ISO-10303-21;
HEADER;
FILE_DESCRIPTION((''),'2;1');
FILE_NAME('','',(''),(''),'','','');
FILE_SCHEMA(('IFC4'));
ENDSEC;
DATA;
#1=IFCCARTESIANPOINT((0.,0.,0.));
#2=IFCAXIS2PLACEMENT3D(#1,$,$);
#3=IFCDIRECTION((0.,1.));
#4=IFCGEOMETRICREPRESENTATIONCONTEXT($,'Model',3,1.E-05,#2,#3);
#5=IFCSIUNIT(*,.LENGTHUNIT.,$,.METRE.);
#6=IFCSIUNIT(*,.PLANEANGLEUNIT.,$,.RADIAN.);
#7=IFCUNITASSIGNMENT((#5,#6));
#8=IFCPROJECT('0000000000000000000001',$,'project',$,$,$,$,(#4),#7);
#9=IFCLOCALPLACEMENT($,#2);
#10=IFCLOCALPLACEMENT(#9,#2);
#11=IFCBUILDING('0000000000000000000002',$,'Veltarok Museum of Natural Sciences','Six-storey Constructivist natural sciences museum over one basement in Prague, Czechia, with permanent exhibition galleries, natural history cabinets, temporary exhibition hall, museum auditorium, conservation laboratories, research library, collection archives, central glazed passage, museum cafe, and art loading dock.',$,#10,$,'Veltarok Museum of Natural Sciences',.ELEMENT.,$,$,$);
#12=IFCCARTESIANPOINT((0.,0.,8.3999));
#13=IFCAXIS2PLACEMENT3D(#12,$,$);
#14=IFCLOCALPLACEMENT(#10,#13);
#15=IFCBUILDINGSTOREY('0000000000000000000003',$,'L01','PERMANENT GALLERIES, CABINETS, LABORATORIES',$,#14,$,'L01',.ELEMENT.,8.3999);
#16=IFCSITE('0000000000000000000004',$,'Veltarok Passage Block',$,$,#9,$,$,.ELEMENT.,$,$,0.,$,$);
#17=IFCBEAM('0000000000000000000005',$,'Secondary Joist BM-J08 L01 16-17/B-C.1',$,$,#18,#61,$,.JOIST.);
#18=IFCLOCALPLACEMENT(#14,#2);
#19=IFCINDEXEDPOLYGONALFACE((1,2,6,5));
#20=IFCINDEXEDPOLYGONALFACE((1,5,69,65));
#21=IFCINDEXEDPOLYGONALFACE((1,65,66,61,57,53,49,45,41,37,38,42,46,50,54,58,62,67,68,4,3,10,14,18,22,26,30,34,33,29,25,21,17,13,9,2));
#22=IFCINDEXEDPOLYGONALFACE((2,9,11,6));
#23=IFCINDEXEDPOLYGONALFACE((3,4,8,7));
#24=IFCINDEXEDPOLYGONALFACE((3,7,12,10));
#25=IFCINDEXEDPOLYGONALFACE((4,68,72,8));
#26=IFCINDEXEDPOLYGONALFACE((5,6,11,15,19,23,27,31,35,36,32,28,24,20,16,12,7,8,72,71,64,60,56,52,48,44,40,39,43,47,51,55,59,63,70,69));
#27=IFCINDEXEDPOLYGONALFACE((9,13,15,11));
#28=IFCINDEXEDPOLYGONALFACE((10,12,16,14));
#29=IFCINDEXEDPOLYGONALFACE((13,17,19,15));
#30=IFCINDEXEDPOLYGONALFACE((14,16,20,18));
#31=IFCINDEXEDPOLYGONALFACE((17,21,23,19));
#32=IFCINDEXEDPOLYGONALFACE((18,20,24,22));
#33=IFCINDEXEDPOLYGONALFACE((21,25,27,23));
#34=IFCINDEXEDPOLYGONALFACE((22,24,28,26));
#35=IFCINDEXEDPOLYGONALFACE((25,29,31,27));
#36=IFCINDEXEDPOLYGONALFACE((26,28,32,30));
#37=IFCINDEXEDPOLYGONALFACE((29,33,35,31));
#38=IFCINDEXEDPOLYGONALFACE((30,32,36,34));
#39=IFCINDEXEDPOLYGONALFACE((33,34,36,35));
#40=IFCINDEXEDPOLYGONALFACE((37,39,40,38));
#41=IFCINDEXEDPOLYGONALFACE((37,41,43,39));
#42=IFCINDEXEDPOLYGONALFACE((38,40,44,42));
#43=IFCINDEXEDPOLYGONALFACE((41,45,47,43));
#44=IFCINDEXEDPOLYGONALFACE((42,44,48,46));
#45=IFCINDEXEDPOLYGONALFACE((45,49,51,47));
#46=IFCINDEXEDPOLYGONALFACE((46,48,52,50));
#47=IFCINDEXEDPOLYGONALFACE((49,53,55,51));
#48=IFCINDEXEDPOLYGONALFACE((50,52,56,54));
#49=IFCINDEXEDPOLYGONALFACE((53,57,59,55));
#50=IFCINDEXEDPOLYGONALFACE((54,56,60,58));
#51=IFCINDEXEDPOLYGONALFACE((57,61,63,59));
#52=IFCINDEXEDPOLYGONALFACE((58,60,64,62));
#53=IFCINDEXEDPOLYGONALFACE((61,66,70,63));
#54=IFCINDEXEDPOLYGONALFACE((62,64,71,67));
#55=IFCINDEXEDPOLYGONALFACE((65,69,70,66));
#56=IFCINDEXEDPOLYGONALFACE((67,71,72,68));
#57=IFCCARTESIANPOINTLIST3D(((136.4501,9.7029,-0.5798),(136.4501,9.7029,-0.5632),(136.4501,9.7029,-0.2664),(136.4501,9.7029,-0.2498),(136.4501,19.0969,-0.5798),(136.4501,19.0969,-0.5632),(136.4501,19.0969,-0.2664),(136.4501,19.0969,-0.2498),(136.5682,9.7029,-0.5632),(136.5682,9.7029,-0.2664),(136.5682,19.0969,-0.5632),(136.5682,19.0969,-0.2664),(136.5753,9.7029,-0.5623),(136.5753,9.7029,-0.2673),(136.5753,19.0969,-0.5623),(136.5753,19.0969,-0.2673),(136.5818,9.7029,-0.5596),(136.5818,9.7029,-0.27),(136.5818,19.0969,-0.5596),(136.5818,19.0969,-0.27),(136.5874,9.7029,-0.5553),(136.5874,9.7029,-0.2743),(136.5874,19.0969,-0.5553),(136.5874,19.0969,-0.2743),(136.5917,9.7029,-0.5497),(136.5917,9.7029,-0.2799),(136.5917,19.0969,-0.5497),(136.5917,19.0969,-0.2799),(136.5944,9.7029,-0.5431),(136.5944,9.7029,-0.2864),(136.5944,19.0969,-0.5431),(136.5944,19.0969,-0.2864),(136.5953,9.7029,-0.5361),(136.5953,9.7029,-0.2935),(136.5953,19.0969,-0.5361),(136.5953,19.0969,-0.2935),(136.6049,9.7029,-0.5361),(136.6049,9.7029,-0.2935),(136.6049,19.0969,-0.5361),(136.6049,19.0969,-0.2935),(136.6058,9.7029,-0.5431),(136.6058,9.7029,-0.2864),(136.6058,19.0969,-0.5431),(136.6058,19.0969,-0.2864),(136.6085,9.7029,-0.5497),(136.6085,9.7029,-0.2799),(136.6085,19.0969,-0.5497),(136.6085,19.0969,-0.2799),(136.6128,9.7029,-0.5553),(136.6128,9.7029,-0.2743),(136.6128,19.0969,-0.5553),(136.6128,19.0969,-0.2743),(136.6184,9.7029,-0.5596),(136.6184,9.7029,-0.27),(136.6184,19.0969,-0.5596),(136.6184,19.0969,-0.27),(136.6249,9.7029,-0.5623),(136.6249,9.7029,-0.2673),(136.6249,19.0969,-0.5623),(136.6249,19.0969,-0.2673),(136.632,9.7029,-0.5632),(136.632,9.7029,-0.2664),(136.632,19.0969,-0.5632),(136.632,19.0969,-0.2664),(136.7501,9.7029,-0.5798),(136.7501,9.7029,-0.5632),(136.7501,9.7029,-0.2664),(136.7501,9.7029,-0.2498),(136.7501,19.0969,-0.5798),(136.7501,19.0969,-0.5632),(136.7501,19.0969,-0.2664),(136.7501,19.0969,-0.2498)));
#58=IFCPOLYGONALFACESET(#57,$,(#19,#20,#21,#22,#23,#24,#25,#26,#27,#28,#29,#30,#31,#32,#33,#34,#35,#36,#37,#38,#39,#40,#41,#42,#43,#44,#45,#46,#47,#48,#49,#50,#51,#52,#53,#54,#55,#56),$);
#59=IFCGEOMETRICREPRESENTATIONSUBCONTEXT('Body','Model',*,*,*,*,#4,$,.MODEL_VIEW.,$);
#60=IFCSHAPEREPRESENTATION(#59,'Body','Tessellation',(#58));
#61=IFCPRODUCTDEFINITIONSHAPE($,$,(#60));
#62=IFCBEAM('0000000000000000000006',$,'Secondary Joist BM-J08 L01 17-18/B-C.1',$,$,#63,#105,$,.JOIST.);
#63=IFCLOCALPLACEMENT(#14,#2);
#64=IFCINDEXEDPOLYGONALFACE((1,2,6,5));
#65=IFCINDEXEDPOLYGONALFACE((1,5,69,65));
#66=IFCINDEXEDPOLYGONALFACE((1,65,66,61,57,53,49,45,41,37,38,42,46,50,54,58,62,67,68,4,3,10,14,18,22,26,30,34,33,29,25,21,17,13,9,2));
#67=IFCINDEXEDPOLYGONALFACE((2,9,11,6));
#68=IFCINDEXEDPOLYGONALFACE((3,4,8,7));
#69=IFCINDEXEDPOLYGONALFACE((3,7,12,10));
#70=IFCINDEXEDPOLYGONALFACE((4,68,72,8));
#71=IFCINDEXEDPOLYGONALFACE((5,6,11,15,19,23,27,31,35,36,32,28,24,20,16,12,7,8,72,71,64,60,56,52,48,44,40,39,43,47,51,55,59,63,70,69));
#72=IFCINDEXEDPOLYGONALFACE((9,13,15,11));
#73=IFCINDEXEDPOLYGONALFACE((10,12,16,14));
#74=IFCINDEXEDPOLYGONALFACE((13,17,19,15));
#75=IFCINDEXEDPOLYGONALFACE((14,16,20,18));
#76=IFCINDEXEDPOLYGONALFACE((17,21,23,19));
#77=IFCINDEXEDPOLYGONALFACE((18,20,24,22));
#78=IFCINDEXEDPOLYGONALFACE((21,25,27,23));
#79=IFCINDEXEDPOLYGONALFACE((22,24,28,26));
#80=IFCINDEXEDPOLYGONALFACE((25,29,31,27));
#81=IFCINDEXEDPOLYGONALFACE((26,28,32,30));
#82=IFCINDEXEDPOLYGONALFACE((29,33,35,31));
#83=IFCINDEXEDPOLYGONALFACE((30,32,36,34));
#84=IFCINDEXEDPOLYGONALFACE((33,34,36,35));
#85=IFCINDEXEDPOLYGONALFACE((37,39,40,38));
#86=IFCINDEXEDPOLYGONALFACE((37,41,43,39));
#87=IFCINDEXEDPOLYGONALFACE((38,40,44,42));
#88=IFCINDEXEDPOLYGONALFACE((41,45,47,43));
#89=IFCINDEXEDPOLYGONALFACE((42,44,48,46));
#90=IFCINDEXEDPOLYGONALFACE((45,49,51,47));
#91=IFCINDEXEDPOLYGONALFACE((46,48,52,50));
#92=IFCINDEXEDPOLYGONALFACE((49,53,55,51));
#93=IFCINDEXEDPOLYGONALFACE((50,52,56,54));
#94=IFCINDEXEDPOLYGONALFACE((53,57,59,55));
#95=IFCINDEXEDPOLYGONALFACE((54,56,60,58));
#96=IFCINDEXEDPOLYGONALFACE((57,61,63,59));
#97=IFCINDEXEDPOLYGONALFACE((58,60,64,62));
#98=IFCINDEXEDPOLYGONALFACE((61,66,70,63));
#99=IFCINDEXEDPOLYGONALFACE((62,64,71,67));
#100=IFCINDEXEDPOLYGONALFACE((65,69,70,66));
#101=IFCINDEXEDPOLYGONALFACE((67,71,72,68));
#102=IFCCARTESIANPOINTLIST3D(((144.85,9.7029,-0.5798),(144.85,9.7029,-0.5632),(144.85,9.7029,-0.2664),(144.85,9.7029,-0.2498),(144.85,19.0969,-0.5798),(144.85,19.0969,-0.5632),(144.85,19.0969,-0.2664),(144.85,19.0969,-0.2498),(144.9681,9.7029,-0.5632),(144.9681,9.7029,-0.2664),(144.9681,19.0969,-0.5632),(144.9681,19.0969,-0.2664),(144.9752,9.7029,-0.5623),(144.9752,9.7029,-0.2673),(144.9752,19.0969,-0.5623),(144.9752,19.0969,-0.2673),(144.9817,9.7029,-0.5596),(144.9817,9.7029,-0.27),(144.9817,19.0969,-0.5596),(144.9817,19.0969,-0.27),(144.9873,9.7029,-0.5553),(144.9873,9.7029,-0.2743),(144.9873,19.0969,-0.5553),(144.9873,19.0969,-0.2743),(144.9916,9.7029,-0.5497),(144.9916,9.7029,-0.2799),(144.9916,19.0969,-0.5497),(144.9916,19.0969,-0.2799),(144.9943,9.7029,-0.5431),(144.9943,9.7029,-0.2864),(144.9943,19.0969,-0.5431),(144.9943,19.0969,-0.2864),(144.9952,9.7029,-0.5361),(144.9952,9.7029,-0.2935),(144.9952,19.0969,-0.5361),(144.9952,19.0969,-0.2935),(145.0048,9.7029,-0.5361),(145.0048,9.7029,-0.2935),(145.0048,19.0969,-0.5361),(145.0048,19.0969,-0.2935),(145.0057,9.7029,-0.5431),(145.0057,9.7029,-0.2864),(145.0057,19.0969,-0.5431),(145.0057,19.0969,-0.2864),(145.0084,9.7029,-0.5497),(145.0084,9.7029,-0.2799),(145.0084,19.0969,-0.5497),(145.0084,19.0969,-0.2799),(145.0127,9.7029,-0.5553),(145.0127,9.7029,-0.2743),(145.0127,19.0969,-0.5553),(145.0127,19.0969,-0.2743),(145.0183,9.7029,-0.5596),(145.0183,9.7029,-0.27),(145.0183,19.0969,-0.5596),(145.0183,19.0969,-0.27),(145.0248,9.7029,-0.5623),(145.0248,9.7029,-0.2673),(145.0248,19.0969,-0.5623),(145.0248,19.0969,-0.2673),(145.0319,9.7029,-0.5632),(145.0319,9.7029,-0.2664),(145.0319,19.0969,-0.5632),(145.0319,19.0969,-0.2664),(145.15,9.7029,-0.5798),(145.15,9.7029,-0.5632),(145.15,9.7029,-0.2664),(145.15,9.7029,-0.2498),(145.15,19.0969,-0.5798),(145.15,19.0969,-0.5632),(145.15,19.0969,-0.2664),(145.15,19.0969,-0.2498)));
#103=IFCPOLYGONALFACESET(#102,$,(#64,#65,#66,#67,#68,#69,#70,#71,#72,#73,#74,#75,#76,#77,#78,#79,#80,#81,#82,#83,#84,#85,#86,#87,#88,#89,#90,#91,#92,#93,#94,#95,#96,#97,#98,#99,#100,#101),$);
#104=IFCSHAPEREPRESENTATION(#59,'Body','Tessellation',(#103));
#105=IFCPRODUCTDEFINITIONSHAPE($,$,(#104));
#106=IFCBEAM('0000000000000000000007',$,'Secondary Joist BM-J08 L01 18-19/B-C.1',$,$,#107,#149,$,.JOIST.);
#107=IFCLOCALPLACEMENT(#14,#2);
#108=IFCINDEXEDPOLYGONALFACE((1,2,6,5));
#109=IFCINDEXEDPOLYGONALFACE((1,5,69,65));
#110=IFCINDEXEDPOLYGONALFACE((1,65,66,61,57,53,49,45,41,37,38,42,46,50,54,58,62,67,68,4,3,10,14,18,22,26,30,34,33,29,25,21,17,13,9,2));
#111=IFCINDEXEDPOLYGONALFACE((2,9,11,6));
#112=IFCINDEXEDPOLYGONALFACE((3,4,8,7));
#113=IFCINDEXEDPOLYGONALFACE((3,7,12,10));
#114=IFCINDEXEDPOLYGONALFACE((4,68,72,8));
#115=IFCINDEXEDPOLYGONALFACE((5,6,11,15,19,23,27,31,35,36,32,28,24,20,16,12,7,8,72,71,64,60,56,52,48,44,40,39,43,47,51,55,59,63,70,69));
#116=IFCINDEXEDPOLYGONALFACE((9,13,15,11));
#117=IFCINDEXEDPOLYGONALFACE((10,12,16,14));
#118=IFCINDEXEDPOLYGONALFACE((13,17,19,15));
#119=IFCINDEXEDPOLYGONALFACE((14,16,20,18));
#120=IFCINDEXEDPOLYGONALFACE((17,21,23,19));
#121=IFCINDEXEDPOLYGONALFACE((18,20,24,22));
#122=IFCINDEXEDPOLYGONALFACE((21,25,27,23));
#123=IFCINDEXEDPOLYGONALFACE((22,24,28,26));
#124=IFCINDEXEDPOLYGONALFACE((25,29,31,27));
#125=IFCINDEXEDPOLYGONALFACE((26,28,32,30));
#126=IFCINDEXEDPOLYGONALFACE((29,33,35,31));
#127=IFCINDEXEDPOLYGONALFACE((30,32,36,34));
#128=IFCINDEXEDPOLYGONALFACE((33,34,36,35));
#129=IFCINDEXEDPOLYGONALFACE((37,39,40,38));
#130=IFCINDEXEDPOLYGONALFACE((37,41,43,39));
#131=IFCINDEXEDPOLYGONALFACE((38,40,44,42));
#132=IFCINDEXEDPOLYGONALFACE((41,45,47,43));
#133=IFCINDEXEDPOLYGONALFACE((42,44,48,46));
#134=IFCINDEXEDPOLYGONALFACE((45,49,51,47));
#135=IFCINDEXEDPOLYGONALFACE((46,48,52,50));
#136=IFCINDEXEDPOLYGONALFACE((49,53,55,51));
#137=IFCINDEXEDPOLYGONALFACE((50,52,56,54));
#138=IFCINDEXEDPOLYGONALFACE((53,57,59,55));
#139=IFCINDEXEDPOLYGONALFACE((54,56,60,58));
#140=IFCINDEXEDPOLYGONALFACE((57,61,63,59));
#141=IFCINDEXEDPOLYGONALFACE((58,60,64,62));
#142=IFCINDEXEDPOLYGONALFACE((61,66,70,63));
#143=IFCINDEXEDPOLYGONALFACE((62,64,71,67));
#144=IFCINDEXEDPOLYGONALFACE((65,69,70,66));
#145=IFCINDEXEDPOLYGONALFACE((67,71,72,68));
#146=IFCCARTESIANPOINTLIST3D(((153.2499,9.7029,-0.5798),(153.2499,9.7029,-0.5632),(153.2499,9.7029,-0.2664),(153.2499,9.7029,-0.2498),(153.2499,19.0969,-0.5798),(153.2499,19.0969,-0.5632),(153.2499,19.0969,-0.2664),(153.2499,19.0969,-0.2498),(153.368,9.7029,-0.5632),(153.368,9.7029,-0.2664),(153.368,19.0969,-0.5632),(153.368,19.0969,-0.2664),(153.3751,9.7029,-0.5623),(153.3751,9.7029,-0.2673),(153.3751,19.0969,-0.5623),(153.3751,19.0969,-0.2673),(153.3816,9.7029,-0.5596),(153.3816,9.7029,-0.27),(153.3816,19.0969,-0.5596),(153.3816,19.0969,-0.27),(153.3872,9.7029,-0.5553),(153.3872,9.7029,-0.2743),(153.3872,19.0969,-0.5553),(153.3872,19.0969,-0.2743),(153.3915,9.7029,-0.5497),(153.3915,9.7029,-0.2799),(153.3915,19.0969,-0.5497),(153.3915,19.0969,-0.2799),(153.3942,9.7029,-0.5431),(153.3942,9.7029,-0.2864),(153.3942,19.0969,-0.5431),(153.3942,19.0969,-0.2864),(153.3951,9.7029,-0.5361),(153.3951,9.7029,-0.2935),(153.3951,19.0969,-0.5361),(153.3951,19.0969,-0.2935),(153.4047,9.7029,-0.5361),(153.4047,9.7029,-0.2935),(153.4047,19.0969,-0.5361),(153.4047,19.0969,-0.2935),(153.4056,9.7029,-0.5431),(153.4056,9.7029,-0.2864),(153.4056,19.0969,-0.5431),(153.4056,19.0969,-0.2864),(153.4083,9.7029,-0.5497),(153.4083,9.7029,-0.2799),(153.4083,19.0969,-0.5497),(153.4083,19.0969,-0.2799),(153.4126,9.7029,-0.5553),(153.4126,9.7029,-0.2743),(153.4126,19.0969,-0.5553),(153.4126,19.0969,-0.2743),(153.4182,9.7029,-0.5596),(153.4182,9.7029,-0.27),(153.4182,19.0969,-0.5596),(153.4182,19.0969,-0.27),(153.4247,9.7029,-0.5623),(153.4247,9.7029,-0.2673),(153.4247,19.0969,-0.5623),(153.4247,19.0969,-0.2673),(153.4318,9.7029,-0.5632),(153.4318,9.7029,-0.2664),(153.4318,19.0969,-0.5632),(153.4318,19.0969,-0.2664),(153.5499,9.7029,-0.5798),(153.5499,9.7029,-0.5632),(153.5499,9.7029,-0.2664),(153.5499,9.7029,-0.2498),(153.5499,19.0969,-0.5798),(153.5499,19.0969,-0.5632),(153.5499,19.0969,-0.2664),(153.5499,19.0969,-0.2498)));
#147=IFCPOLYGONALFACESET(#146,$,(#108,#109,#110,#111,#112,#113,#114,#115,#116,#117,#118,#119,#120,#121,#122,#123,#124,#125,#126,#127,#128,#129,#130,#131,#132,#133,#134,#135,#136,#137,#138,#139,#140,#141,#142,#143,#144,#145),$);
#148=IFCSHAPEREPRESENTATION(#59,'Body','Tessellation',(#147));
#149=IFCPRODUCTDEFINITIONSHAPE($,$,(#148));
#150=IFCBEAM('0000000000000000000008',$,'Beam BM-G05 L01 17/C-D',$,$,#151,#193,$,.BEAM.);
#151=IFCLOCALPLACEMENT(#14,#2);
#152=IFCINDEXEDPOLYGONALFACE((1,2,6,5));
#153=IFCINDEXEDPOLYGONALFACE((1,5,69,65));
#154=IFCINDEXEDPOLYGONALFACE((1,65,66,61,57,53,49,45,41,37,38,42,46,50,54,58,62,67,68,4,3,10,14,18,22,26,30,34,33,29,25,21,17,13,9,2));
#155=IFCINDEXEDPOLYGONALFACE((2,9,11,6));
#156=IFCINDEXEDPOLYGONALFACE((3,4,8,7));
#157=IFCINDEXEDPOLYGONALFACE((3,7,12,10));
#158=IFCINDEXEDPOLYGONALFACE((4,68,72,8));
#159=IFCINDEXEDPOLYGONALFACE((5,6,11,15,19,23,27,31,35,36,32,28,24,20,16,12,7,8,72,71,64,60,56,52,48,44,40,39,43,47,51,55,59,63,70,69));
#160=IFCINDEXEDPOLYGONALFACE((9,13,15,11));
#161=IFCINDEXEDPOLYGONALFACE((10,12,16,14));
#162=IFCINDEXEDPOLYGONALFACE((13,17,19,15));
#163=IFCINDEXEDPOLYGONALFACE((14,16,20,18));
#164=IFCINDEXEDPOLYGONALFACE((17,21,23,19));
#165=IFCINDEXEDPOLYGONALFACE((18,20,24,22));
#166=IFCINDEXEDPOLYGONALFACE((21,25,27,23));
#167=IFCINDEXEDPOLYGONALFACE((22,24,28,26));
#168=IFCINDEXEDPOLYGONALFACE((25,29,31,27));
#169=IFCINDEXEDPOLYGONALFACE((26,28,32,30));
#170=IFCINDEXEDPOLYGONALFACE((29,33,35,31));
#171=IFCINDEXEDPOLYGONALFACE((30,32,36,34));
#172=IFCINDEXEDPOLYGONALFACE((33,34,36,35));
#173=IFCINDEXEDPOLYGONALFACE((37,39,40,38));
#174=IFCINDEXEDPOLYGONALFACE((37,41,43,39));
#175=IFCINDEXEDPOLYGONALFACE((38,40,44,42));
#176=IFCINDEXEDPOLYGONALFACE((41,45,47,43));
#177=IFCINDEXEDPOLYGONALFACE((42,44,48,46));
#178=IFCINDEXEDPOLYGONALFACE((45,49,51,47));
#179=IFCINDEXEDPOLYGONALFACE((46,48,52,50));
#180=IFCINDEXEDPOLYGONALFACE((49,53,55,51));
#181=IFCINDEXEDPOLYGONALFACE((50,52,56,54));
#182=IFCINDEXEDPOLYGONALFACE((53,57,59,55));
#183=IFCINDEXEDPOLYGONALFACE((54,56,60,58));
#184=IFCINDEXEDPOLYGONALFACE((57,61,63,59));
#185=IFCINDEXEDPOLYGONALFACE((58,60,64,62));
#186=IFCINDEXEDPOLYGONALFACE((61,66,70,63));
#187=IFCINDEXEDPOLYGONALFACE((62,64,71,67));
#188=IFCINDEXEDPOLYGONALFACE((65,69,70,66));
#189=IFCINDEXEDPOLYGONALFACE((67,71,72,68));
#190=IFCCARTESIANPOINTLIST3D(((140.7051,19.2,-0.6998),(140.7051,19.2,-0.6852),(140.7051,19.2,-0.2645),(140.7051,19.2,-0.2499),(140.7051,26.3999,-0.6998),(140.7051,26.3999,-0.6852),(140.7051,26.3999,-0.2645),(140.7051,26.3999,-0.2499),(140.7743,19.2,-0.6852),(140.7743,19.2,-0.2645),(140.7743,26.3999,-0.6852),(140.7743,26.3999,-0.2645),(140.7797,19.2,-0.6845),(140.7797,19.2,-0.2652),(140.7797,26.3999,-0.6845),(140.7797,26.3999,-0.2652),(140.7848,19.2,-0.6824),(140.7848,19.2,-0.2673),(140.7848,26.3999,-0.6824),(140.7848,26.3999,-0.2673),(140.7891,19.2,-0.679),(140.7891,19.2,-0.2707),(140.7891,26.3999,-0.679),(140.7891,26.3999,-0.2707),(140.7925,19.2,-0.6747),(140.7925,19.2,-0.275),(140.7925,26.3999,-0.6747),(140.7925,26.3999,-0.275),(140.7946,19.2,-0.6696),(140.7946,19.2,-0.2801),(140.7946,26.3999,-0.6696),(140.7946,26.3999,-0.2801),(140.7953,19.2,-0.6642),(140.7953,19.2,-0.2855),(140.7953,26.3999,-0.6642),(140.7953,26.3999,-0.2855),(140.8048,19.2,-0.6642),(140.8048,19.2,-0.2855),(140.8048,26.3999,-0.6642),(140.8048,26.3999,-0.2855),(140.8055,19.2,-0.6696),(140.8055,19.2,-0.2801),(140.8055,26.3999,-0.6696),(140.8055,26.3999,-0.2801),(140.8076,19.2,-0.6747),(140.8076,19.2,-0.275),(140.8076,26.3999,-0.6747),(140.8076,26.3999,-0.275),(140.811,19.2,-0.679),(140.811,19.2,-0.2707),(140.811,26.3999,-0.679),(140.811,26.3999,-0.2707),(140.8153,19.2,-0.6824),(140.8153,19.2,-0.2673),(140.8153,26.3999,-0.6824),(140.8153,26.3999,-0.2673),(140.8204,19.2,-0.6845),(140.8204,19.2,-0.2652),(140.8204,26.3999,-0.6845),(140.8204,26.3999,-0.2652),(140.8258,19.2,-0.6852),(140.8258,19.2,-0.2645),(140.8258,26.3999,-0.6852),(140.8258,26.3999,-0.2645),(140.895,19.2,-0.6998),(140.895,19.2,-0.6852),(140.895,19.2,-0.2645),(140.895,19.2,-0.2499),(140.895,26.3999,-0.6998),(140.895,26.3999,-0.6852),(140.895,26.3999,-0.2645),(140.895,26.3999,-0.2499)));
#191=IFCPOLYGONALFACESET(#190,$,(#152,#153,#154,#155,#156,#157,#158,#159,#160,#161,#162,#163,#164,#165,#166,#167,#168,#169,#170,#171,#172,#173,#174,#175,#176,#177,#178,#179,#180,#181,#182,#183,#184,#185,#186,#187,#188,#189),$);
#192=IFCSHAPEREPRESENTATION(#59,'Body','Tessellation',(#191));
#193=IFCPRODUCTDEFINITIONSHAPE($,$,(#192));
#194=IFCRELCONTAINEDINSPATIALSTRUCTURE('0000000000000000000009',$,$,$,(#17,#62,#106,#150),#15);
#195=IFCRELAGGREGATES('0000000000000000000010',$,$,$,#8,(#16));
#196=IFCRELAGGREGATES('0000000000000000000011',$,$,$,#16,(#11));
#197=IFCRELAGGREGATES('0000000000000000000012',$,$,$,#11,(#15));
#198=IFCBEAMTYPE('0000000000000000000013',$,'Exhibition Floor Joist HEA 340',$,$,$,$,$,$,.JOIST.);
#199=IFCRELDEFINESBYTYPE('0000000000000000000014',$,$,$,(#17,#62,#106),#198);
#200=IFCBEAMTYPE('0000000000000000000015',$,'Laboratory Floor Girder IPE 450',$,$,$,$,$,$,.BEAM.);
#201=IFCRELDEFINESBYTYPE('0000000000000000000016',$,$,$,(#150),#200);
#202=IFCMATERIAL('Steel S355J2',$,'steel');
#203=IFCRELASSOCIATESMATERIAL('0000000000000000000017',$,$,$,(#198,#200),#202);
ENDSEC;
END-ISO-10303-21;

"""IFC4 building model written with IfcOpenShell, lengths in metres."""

from ifc_helpers import new_model, si_unit, direction, frame, origin, origin_2d, place, context, subcontext, project, spatial, i_section, extrude, material, material_profile, profile_set, type_object, element, save


model = new_model("IFC4")

# Units and contexts
model_context = context("Model", 3, precision=1e-05, world=origin(), true_north=direction((0.0, 1.0)))
body_context = subcontext(model_context, "Body", "Model", "MODEL_VIEW")
ifc_project = project(units=[si_unit("LENGTHUNIT", "METRE"), si_unit("PLANEANGLEUNIT", "RADIAN")], contexts=[model_context])

# Site, building, storey
site_placement = place(None, origin())
site = spatial("IfcSite", under=ifc_project, at=site_placement, Name="Veltarok Passage Block", CompositionType="ELEMENT", RefElevation=0.0)
building_placement = place(site_placement, origin())
building = spatial("IfcBuilding", under=site, at=building_placement, Name="Veltarok Museum of Natural Sciences", Description="Six-storey Constructivist natural sciences museum over one basement in Prague, Czechia, with permanent exhibition galleries, natural history cabinets, temporary exhibition hall, museum auditorium, conservation laboratories, research library, collection archives, central glazed passage, museum cafe, and art loading dock.", LongName="Veltarok Museum of Natural Sciences", CompositionType="ELEMENT")
storey_placement = place(building_placement, frame((0.0, 0.0, 8.3999)))
storey = spatial("IfcBuildingStorey", under=building, at=storey_placement, Name="L01", Description="PERMANENT GALLERIES, CABINETS, LABORATORIES", LongName="L01", CompositionType="ELEMENT", Elevation=8.3999)

# Shared definitions
ifc_material_1 = material(Name="Steel S355J2", Category="steel")

# Beams
ifc_material_profile_1 = material_profile(ifc_material_1, i_section(OverallWidth=0.3, OverallDepth=0.3301, WebThickness=0.0095, FlangeThickness=0.0166, FilletRadius=0.0271, at=origin_2d()), Name="HEA 340")
ifc_profile_set_1 = profile_set([ifc_material_profile_1], Name="Steel S355J2")
beam_type_1 = type_object("IfcBeamType", Name="Exhibition Floor Joist HEA 340", PredefinedType="JOIST", material=ifc_profile_set_1)
for number, where, z_axis, x_axis, name in (
    (1, (136.6001, 9.7029, -0.4148), (0.0, 1.0, 0.0), (-1.0, 0.0, 0.0), "Secondary Joist BM-J08 L01 16-17/B-C.1"),
    (2, (145.0, 9.7029, -0.4148), (0.0, 1.0, 0.0), (-1.0, 0.0, 0.0), "Secondary Joist BM-J08 L01 17-18/B-C.1"),
    (3, (153.3999, 9.7029, -0.4148), (0.0, 1.0, 0.0), (-1.0, 0.0, 0.0), "Secondary Joist BM-J08 L01 18-19/B-C.1"),
):
    element("IfcBeam", number, at=place(storey_placement, frame(where, z_axis=z_axis, x_axis=x_axis)), inside=storey, type_object=beam_type_1, Name=name, PredefinedType="JOIST", context=body_context, shape_type="SweptSolid", body=[
        extrude(i_section(OverallWidth=0.3, OverallDepth=0.3301, WebThickness=0.0095, FlangeThickness=0.0166, FilletRadius=0.0271, at=origin_2d()), origin(), (0.0, 0.0, 1.0), 9.394),
    ])
ifc_material_profile_2 = material_profile(ifc_material_1, i_section(OverallWidth=0.1899, OverallDepth=0.45, WebThickness=0.0095, FlangeThickness=0.0146, FilletRadius=0.021, at=origin_2d()), Name="IPE 450")
ifc_profile_set_2 = profile_set([ifc_material_profile_2], Name="Steel S355J2")
beam_type_2 = type_object("IfcBeamType", Name="Laboratory Floor Girder IPE 450", PredefinedType="BEAM", material=ifc_profile_set_2)
for number, where, z_axis, x_axis, name in (
    (4, (140.8, 19.2, -0.4749), (0.0, 1.0, 0.0), (-1.0, 0.0, 0.0), "Beam BM-G05 L01 17/C-D"),
):
    element("IfcBeam", number, at=place(storey_placement, frame(where, z_axis=z_axis, x_axis=x_axis)), inside=storey, type_object=beam_type_2, Name=name, PredefinedType="BEAM", context=body_context, shape_type="SweptSolid", body=[
        extrude(i_section(OverallWidth=0.1899, OverallDepth=0.45, WebThickness=0.0095, FlangeThickness=0.0146, FilletRadius=0.021, at=origin_2d()), origin(), (0.0, 0.0, 1.0), 7.2),
    ])

save(model, "model.ifc")
